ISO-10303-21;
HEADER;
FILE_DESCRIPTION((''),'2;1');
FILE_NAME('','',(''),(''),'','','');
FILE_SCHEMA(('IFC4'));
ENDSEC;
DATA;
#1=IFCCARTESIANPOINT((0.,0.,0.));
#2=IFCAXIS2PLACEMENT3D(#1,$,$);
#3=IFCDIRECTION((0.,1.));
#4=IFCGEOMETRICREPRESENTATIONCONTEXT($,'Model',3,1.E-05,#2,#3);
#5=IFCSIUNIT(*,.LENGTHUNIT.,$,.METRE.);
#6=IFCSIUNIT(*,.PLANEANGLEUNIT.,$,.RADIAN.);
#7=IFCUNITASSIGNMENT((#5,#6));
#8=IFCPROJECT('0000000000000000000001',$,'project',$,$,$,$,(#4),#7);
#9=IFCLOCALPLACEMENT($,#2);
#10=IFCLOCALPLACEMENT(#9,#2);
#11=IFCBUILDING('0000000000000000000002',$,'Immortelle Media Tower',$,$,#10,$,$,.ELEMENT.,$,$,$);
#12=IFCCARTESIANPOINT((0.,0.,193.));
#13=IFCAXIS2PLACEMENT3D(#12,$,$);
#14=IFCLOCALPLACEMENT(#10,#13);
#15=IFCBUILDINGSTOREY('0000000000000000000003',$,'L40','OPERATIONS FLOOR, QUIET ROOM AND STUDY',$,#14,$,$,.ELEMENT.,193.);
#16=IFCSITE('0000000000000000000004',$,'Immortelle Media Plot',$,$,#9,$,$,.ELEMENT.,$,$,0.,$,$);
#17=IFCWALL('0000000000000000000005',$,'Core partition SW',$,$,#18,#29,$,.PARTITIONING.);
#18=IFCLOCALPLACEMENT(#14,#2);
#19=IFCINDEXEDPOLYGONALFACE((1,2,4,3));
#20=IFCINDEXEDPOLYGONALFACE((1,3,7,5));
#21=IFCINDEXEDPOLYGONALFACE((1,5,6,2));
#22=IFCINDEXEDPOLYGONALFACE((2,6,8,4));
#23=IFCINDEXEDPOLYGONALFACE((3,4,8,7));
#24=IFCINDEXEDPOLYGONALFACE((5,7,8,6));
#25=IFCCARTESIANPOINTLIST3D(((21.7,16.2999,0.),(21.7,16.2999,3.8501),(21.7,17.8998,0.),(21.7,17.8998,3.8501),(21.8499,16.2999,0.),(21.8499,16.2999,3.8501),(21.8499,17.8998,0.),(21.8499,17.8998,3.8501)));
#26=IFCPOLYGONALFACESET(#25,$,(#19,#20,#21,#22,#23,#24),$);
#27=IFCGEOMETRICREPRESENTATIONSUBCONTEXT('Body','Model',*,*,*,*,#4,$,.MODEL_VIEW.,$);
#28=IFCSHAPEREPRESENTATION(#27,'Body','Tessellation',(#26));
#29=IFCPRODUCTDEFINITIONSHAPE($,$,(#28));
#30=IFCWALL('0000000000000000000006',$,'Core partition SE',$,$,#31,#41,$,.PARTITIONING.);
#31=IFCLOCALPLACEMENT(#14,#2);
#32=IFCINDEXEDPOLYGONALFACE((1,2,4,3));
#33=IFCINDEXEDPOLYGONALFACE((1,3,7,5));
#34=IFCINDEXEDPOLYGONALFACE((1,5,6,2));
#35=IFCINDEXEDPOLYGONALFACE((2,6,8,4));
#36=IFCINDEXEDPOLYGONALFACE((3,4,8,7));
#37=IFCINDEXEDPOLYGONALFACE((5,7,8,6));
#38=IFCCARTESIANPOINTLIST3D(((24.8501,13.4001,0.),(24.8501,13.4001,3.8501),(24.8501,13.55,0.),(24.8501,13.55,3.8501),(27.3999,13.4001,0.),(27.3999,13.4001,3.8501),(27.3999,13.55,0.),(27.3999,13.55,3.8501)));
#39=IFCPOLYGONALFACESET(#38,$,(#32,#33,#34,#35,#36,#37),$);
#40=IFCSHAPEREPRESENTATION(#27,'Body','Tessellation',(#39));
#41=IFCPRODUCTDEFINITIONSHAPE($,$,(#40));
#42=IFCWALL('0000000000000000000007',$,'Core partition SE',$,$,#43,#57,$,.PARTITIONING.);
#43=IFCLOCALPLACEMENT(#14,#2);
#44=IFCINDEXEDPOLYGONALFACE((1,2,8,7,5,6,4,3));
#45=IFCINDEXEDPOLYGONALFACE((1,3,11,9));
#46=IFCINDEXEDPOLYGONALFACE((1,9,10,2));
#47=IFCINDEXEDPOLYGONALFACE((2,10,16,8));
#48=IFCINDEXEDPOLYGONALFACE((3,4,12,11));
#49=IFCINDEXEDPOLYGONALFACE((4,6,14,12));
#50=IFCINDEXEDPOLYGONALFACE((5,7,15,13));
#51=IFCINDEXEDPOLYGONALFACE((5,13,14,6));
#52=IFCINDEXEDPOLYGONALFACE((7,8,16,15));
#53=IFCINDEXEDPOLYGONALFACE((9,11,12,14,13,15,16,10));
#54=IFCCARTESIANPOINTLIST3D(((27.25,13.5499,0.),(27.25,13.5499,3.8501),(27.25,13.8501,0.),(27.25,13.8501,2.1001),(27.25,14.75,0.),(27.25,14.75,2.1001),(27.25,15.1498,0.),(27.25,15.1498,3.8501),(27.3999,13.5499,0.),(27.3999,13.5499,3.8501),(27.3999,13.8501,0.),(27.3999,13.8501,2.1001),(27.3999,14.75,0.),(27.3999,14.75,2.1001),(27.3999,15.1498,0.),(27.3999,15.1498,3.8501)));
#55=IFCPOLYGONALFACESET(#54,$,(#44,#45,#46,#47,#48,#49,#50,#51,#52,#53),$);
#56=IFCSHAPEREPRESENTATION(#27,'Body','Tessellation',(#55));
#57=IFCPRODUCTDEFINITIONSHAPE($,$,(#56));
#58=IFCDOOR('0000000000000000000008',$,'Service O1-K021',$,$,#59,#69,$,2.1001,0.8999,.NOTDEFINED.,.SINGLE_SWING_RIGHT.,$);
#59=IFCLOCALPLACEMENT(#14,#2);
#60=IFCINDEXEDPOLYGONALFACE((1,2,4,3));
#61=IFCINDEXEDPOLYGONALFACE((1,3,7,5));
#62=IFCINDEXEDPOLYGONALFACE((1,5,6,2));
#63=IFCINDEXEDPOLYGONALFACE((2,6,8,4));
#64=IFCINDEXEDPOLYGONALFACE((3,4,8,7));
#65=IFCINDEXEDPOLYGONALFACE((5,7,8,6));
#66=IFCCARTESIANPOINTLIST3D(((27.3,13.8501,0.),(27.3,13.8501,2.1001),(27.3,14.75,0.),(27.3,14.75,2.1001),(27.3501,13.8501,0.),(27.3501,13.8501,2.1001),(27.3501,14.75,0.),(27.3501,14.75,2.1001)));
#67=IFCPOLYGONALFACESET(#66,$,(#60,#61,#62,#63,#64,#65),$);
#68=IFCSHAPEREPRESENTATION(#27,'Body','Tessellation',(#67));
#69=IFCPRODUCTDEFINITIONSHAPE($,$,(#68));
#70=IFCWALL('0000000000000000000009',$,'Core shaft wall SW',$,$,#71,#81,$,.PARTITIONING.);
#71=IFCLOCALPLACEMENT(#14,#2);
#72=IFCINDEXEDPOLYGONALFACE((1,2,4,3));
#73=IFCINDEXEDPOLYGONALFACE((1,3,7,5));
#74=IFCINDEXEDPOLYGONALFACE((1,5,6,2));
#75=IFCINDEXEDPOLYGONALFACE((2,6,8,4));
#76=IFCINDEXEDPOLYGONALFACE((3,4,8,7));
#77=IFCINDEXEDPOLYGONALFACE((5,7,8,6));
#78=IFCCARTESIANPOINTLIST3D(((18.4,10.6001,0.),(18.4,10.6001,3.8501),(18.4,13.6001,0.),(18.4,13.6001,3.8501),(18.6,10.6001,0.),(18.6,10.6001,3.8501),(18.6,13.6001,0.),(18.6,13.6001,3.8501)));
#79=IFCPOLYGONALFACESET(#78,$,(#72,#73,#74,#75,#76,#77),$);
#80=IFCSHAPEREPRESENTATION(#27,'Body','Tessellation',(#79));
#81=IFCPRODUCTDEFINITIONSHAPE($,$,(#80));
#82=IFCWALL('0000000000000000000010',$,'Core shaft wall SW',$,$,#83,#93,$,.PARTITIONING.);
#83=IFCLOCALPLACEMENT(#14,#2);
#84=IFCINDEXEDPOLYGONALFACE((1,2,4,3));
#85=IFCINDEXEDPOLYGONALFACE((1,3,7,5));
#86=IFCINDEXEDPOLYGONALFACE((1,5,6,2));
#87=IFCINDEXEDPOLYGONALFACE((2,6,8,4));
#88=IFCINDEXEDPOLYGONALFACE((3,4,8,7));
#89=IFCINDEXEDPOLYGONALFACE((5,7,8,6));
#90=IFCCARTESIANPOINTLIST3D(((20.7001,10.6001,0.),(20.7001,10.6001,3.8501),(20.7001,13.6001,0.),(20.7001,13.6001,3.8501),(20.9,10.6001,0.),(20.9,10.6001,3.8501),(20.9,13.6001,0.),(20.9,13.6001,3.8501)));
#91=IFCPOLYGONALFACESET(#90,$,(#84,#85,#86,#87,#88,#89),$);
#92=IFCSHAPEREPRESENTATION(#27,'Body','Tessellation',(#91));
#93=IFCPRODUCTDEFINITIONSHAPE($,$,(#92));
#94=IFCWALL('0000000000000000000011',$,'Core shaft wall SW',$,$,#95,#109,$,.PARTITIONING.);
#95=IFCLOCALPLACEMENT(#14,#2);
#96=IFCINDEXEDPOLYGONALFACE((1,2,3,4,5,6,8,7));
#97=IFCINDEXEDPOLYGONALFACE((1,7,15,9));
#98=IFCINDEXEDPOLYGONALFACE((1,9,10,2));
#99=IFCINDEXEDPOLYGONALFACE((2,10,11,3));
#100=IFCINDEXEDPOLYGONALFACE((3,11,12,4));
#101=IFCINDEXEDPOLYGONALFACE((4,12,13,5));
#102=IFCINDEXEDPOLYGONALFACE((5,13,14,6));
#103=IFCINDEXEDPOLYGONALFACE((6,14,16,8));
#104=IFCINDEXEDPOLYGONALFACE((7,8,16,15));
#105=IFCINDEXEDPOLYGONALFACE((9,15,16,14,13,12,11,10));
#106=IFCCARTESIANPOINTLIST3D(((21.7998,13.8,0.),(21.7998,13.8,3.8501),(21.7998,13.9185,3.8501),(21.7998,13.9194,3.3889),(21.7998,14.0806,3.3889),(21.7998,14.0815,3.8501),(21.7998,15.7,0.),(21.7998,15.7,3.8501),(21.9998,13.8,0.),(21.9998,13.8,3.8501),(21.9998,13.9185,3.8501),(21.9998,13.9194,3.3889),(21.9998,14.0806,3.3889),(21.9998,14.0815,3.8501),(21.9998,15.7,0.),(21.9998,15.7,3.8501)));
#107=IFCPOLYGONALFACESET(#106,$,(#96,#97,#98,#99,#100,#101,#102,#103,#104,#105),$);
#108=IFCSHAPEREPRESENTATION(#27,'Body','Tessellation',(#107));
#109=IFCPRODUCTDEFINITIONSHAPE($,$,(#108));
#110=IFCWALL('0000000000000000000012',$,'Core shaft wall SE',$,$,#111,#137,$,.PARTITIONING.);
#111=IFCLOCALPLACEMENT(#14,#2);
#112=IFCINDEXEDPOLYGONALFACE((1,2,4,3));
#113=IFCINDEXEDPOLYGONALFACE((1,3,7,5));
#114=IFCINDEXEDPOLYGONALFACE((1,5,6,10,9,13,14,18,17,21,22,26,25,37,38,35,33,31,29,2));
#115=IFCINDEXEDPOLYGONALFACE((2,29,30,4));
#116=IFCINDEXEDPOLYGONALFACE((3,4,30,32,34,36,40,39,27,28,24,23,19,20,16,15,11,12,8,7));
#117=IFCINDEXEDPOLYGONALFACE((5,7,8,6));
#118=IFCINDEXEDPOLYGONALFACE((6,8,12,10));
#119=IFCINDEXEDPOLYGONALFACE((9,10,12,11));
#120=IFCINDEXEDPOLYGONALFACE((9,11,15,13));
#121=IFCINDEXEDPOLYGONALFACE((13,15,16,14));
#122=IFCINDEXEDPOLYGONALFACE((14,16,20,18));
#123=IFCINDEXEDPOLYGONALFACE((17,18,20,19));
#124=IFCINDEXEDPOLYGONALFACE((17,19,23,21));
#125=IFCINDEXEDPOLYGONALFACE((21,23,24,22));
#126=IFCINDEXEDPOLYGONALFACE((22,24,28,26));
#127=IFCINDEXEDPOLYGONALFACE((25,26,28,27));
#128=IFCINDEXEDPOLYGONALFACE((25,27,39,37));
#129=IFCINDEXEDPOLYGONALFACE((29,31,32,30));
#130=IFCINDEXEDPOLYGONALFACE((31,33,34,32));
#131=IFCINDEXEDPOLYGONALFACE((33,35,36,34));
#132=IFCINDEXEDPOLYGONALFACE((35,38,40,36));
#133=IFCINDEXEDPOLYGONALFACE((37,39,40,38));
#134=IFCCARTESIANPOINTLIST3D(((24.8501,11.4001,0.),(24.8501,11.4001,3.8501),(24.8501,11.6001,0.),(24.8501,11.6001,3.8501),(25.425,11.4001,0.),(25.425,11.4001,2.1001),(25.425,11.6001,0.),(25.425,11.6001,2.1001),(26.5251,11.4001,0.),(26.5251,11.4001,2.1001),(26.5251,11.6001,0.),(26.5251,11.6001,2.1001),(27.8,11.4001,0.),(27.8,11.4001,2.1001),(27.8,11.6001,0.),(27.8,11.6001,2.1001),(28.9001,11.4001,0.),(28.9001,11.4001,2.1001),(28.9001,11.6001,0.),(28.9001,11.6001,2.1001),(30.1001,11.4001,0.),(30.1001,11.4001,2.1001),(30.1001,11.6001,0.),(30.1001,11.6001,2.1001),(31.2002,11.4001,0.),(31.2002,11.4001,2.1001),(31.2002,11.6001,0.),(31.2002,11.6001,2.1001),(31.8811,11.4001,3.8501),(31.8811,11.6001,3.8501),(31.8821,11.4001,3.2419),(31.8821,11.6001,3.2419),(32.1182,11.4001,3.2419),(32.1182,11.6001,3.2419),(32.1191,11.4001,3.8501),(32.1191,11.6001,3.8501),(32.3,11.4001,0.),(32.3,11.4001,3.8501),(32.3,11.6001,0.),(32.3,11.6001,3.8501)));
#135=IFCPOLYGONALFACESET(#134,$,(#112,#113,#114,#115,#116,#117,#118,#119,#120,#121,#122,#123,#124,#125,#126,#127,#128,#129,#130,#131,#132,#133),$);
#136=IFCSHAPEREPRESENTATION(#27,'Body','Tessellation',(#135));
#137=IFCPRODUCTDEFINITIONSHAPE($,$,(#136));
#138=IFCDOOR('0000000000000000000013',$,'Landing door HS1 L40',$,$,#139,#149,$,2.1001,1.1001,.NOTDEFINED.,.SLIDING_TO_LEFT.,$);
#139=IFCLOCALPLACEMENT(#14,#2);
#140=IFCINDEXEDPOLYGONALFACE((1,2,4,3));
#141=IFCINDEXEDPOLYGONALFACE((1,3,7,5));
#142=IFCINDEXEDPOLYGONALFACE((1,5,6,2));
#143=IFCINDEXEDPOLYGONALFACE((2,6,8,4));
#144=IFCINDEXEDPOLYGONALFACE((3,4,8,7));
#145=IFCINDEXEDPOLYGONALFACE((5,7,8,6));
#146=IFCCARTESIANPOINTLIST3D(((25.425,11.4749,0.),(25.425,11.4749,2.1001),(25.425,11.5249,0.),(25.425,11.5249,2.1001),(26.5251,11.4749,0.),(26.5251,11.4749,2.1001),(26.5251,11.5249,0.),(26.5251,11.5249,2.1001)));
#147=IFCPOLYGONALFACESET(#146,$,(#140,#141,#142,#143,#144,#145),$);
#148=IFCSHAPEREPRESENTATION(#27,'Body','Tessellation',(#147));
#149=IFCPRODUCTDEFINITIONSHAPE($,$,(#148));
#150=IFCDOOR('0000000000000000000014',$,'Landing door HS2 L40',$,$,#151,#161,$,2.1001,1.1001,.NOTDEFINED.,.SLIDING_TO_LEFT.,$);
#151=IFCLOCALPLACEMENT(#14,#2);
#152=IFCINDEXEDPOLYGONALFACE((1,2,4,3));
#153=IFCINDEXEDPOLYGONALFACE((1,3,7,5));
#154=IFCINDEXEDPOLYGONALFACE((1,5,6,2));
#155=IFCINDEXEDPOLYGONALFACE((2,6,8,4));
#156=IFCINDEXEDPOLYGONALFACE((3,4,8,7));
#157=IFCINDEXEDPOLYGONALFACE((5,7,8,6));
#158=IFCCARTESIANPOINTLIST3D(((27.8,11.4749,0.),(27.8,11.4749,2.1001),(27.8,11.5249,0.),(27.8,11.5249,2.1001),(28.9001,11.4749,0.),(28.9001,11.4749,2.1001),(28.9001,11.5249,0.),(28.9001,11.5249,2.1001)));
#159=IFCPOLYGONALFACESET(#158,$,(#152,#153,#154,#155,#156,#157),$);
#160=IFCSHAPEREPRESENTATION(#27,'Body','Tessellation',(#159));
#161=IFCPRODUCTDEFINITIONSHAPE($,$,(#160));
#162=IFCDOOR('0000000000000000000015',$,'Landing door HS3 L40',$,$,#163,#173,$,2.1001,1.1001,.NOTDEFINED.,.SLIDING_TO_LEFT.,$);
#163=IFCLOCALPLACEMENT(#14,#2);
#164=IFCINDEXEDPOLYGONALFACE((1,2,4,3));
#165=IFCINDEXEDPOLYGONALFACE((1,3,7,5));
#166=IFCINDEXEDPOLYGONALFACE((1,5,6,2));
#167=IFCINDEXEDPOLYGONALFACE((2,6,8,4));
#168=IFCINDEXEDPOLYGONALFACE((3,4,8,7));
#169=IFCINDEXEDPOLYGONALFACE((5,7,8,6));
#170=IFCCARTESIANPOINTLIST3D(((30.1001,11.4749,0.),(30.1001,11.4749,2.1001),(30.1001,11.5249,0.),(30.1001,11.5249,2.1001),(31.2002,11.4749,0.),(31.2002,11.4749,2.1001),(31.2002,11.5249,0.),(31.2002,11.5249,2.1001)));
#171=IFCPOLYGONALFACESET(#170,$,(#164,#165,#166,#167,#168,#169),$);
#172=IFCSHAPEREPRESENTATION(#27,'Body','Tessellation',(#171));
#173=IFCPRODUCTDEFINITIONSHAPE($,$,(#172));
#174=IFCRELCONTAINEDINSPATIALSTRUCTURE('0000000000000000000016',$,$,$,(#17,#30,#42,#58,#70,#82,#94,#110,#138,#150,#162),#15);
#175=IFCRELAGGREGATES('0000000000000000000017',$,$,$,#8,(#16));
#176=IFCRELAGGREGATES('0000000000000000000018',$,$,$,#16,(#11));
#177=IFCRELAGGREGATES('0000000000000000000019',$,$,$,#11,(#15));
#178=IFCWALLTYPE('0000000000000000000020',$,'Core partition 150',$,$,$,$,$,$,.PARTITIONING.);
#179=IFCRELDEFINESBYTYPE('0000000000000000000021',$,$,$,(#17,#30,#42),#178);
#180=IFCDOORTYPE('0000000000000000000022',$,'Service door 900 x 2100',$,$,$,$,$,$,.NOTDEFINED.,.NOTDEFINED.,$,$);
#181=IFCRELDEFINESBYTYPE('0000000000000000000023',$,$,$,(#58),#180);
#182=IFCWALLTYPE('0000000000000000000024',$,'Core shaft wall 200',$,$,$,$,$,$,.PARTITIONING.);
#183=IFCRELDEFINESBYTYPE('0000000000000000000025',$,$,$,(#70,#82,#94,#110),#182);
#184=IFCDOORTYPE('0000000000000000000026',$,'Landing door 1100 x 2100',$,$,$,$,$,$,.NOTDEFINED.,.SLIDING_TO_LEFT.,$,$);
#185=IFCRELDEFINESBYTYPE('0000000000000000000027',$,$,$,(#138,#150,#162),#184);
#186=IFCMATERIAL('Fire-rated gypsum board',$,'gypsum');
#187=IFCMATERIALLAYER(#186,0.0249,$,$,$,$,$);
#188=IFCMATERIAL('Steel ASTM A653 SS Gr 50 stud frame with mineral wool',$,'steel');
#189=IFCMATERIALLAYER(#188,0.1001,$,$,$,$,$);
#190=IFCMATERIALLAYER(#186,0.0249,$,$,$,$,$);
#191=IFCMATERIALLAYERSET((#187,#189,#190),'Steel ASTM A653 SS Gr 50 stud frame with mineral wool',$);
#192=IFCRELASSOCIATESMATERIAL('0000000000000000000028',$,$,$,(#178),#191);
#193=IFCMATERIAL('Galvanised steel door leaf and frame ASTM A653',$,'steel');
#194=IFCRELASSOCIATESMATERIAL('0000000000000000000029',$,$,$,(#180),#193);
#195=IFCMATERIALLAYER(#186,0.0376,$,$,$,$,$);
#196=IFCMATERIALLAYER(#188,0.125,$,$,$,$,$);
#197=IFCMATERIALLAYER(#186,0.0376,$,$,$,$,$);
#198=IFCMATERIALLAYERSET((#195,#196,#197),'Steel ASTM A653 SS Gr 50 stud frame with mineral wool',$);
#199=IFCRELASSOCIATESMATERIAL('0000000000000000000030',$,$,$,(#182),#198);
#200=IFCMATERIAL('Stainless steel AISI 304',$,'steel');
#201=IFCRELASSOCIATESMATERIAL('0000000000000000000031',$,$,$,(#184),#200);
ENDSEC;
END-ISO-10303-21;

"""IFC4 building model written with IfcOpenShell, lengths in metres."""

from ifc_helpers import new_model, si_unit, direction, frame, frame_2d, origin, place, context, subcontext, project, spatial, polyline, rectangle, outline, extrude, material, layer, layer_set, type_object, element, fill, save


model = new_model("IFC4")

# Units and contexts
model_context = context("Model", 3, precision=1e-05, world=origin(), true_north=direction((0.0, 1.0)))
body_context = subcontext(model_context, "Body", "Model", "MODEL_VIEW")
ifc_project = project(units=[si_unit("LENGTHUNIT", "METRE"), si_unit("PLANEANGLEUNIT", "RADIAN")], contexts=[model_context])

# Site, building, storey
site_placement = place(None, origin())
site = spatial("IfcSite", under=ifc_project, at=site_placement, Name="Immortelle Media Plot", CompositionType="ELEMENT", RefElevation=0.0)
building_placement = place(site_placement, origin())
building = spatial("IfcBuilding", under=site, at=building_placement, Name="Immortelle Media Tower", CompositionType="ELEMENT")
storey_placement = place(building_placement, frame((0.0, 0.0, 193.0)))
storey = spatial("IfcBuildingStorey", under=building, at=storey_placement, Name="L40", Description="OPERATIONS FLOOR, QUIET ROOM AND STUDY", CompositionType="ELEMENT", Elevation=193.0)

# Walls
ifc_material_1 = material(Name="Fire-rated gypsum board", Category="gypsum")
ifc_layer_1 = layer(ifc_material_1, 0.0249)
ifc_material_2 = material(Name="Steel ASTM A653 SS Gr 50 stud frame with mineral wool", Category="steel")
ifc_layer_2 = layer(ifc_material_2, 0.1001)
ifc_layer_3 = layer(ifc_material_1, 0.0249)
ifc_layer_set_1 = layer_set([ifc_layer_1, ifc_layer_2, ifc_layer_3], Name="Steel ASTM A653 SS Gr 50 stud frame with mineral wool")
wall_type_1 = type_object("IfcWallType", Name="Core partition 150", PredefinedType="PARTITIONING", material=ifc_layer_set_1)
wall_1_placement = place(storey_placement, frame((21.7749, 16.3, 0.0), z_axis=(0.0, 0.0, 1.0), x_axis=(0.0, 1.0, 0.0)))
element("IfcWall", 1, at=wall_1_placement, inside=storey, type_object=wall_type_1, Name="Core partition SW", PredefinedType="PARTITIONING", context=body_context, shape_type="SweptSolid", body=[
    extrude(rectangle(XDim=1.5999, YDim=0.1499, at=frame_2d((0.7998, 0.0))), origin(), (0.0, 0.0, 1.0), 3.8501),
])
wall_2_placement = place(storey_placement, frame((24.8501, 13.4751, 0.0), z_axis=(0.0, 0.0, 1.0), x_axis=(1.0, 0.0, 0.0)))
element("IfcWall", 2, at=wall_2_placement, inside=storey, type_object=wall_type_1, Name="Core partition SE", PredefinedType="PARTITIONING", context=body_context, shape_type="SweptSolid", body=[
    extrude(rectangle(XDim=2.5498, YDim=0.1499, at=frame_2d((1.2749, 0.0))), origin(), (0.0, 0.0, 1.0), 3.8501),
])

# Wall, opening, door
wall_3_placement = place(storey_placement, frame((27.325, 13.55, 0.0), z_axis=(0.0, 0.0, 1.0), x_axis=(0.0, 1.0, 0.0)))
wall_3 = element("IfcWall", 3, at=wall_3_placement, inside=storey, type_object=wall_type_1, Name="Core partition SE", PredefinedType="PARTITIONING", context=body_context, shape_type="SweptSolid", body=[
    extrude(rectangle(XDim=1.5999, YDim=0.1499, at=frame_2d((0.7998, 0.0))), origin(), (0.0, 0.0, 1.0), 3.8501),
])
opening_1_placement = place(wall_3_placement, frame((0.3, 0.0, 0.0)))
opening_1 = element("IfcOpeningElement", 4, at=opening_1_placement, cuts=wall_3, PredefinedType="OPENING", context=body_context, shape_type="SweptSolid", body=[
    extrude(rectangle(XDim=0.8999, YDim=2.1001, at=frame_2d((0.45, 1.05))), frame((0.0, 0.085, 0.0), z_axis=(0.0, -1.0, 0.0), x_axis=(1.0, 0.0, 0.0)), (0.0, 0.0, 1.0), 0.1699),
])
ifc_material_3 = material(Name="Galvanised steel door leaf and frame ASTM A653", Category="steel")
door_type_1 = type_object("IfcDoorType", Name="Service door 900 x 2100", OperationType="NOTDEFINED", PredefinedType="NOTDEFINED", material=ifc_material_3)
door_1_placement = place(opening_1_placement, origin())
door_1 = element("IfcDoor", 5, at=door_1_placement, inside=storey, type_object=door_type_1, Name="Service O1-K021", OperationType="SINGLE_SWING_RIGHT", OverallHeight=2.1001, OverallWidth=0.8999, PredefinedType="NOTDEFINED", context=body_context, shape_type="SweptSolid", body=[
    extrude(rectangle(XDim=0.8999, YDim=2.1001, at=frame_2d((0.45, 1.05))), frame((0.0, 0.0249, 0.0), z_axis=(0.0, -1.0, 0.0), x_axis=(1.0, 0.0, 0.0)), (0.0, 0.0, 1.0), 0.05),
])
fill(opening_1, door_1)

# Walls
ifc_layer_4 = layer(ifc_material_1, 0.0376)
ifc_layer_5 = layer(ifc_material_2, 0.125)
ifc_layer_6 = layer(ifc_material_1, 0.0376)
ifc_layer_set_2 = layer_set([ifc_layer_4, ifc_layer_5, ifc_layer_6], Name="Steel ASTM A653 SS Gr 50 stud frame with mineral wool")
wall_type_2 = type_object("IfcWallType", Name="Core shaft wall 200", PredefinedType="PARTITIONING", material=ifc_layer_set_2)
for number, where, z_axis, x_axis, name in (
    (6, (18.5, 10.6001, 0.0), (0.0, 0.0, 1.0), (0.0, 1.0, 0.0), "Core shaft wall SW"),
    (7, (20.8, 10.6001, 0.0), (0.0, 0.0, 1.0), (0.0, 1.0, 0.0), "Core shaft wall SW"),
):
    element("IfcWall", number, at=place(storey_placement, frame(where, z_axis=z_axis, x_axis=x_axis)), inside=storey, type_object=wall_type_2, Name=name, PredefinedType="PARTITIONING", context=body_context, shape_type="SweptSolid", body=[
        extrude(rectangle(XDim=3.0, YDim=0.2, at=frame_2d((1.5, 0.0))), origin(), (0.0, 0.0, 1.0), 3.8501),
    ])
wall_4_placement = place(storey_placement, frame((21.8999, 13.8, 0.0), z_axis=(0.0, 0.0, 1.0), x_axis=(0.0, 1.0, 0.0)))
element("IfcWall", 8, at=wall_4_placement, inside=storey, type_object=wall_type_2, Name="Core shaft wall SW", PredefinedType="PARTITIONING", context=body_context, shape_type="SweptSolid", body=[
    extrude(outline(polyline([(0.0, 0.0), (1.8999, 0.0), (1.8999, 3.8501), (0.2815, 3.8501), (0.2805, 3.3889), (0.1194, 3.3889), (0.1184, 3.8501), (0.0, 3.8501), (0.0, 0.0)])), frame((0.0, 0.1001, 0.0), z_axis=(0.0, -1.0, 0.0), x_axis=(1.0, 0.0, 0.0)), (0.0, 0.0, 1.0), 0.2),
])

# Wall, openings, doors
wall_5_placement = place(storey_placement, frame((24.8501, 11.5, 0.0), z_axis=(0.0, 0.0, 1.0), x_axis=(1.0, 0.0, 0.0)))
wall_5 = element("IfcWall", 9, at=wall_5_placement, inside=storey, type_object=wall_type_2, Name="Core shaft wall SE", PredefinedType="PARTITIONING", context=body_context, shape_type="SweptSolid", body=[
    extrude(outline(polyline([(0.0, 0.0), (7.45, 0.0), (7.45, 3.8501), (7.269, 3.8501), (7.2681, 3.2419), (7.032, 3.2419), (7.031, 3.8501), (0.0, 3.8501), (0.0, 0.0)])), frame((0.0, 0.1001, 0.0), z_axis=(0.0, -1.0, 0.0), x_axis=(1.0, 0.0, 0.0)), (0.0, 0.0, 1.0), 0.2),
])
opening_2_placement = place(wall_5_placement, frame((0.575, 0.0, 0.0)))
opening_2 = element("IfcOpeningElement", 10, at=opening_2_placement, cuts=wall_5, PredefinedType="OPENING", context=body_context, shape_type="SweptSolid", body=[
    extrude(rectangle(XDim=1.1001, YDim=2.1001, at=frame_2d((0.55, 1.05))), frame((0.0, 0.1099, 0.0), z_axis=(0.0, -1.0, 0.0), x_axis=(1.0, 0.0, 0.0)), (0.0, 0.0, 1.0), 0.22),
])
opening_3_placement = place(wall_5_placement, frame((2.95, 0.0, 0.0)))
opening_3 = element("IfcOpeningElement", 11, at=opening_3_placement, cuts=wall_5, PredefinedType="OPENING", context=body_context, shape_type="SweptSolid", body=[
    extrude(rectangle(XDim=1.1001, YDim=2.1001, at=frame_2d((0.55, 1.05))), frame((0.0, 0.1099, 0.0), z_axis=(0.0, -1.0, 0.0), x_axis=(1.0, 0.0, 0.0)), (0.0, 0.0, 1.0), 0.22),
])
opening_4_placement = place(wall_5_placement, frame((5.25, 0.0, 0.0)))
opening_4 = element("IfcOpeningElement", 12, at=opening_4_placement, cuts=wall_5, PredefinedType="OPENING", context=body_context, shape_type="SweptSolid", body=[
    extrude(rectangle(XDim=1.1001, YDim=2.1001, at=frame_2d((0.55, 1.05))), frame((0.0, 0.1099, 0.0), z_axis=(0.0, -1.0, 0.0), x_axis=(1.0, 0.0, 0.0)), (0.0, 0.0, 1.0), 0.22),
])
ifc_material_4 = material(Name="Stainless steel AISI 304", Category="steel")
door_type_2 = type_object("IfcDoorType", Name="Landing door 1100 x 2100", OperationType="SLIDING_TO_LEFT", PredefinedType="NOTDEFINED", material=ifc_material_4)
door_2_placement = place(opening_2_placement, origin())
door_2 = element("IfcDoor", 13, at=door_2_placement, inside=storey, type_object=door_type_2, Name="Landing door HS1 L40", OperationType="SLIDING_TO_LEFT", OverallHeight=2.1001, OverallWidth=1.1001, PredefinedType="NOTDEFINED", context=body_context, shape_type="SweptSolid", body=[
    extrude(rectangle(XDim=1.1001, YDim=2.1001, at=frame_2d((0.55, 1.05))), frame((0.0, 0.0249, 0.0), z_axis=(0.0, -1.0, 0.0), x_axis=(1.0, 0.0, 0.0)), (0.0, 0.0, 1.0), 0.05),
])
fill(opening_2, door_2)
door_3_placement = place(opening_3_placement, origin())
door_3 = element("IfcDoor", 14, at=door_3_placement, inside=storey, type_object=door_type_2, Name="Landing door HS2 L40", OperationType="SLIDING_TO_LEFT", OverallHeight=2.1001, OverallWidth=1.1001, PredefinedType="NOTDEFINED", context=body_context, shape_type="SweptSolid", body=[
    extrude(rectangle(XDim=1.1001, YDim=2.1001, at=frame_2d((0.55, 1.05))), frame((0.0, 0.0249, 0.0), z_axis=(0.0, -1.0, 0.0), x_axis=(1.0, 0.0, 0.0)), (0.0, 0.0, 1.0), 0.05),
])
fill(opening_3, door_3)
door_4_placement = place(opening_4_placement, origin())
door_4 = element("IfcDoor", 15, at=door_4_placement, inside=storey, type_object=door_type_2, Name="Landing door HS3 L40", OperationType="SLIDING_TO_LEFT", OverallHeight=2.1001, OverallWidth=1.1001, PredefinedType="NOTDEFINED", context=body_context, shape_type="SweptSolid", body=[
    extrude(rectangle(XDim=1.1001, YDim=2.1001, at=frame_2d((0.55, 1.05))), frame((0.0, 0.0249, 0.0), z_axis=(0.0, -1.0, 0.0), x_axis=(1.0, 0.0, 0.0)), (0.0, 0.0, 1.0), 0.05),
])
fill(opening_4, door_4)

save(model, "model.ifc")
